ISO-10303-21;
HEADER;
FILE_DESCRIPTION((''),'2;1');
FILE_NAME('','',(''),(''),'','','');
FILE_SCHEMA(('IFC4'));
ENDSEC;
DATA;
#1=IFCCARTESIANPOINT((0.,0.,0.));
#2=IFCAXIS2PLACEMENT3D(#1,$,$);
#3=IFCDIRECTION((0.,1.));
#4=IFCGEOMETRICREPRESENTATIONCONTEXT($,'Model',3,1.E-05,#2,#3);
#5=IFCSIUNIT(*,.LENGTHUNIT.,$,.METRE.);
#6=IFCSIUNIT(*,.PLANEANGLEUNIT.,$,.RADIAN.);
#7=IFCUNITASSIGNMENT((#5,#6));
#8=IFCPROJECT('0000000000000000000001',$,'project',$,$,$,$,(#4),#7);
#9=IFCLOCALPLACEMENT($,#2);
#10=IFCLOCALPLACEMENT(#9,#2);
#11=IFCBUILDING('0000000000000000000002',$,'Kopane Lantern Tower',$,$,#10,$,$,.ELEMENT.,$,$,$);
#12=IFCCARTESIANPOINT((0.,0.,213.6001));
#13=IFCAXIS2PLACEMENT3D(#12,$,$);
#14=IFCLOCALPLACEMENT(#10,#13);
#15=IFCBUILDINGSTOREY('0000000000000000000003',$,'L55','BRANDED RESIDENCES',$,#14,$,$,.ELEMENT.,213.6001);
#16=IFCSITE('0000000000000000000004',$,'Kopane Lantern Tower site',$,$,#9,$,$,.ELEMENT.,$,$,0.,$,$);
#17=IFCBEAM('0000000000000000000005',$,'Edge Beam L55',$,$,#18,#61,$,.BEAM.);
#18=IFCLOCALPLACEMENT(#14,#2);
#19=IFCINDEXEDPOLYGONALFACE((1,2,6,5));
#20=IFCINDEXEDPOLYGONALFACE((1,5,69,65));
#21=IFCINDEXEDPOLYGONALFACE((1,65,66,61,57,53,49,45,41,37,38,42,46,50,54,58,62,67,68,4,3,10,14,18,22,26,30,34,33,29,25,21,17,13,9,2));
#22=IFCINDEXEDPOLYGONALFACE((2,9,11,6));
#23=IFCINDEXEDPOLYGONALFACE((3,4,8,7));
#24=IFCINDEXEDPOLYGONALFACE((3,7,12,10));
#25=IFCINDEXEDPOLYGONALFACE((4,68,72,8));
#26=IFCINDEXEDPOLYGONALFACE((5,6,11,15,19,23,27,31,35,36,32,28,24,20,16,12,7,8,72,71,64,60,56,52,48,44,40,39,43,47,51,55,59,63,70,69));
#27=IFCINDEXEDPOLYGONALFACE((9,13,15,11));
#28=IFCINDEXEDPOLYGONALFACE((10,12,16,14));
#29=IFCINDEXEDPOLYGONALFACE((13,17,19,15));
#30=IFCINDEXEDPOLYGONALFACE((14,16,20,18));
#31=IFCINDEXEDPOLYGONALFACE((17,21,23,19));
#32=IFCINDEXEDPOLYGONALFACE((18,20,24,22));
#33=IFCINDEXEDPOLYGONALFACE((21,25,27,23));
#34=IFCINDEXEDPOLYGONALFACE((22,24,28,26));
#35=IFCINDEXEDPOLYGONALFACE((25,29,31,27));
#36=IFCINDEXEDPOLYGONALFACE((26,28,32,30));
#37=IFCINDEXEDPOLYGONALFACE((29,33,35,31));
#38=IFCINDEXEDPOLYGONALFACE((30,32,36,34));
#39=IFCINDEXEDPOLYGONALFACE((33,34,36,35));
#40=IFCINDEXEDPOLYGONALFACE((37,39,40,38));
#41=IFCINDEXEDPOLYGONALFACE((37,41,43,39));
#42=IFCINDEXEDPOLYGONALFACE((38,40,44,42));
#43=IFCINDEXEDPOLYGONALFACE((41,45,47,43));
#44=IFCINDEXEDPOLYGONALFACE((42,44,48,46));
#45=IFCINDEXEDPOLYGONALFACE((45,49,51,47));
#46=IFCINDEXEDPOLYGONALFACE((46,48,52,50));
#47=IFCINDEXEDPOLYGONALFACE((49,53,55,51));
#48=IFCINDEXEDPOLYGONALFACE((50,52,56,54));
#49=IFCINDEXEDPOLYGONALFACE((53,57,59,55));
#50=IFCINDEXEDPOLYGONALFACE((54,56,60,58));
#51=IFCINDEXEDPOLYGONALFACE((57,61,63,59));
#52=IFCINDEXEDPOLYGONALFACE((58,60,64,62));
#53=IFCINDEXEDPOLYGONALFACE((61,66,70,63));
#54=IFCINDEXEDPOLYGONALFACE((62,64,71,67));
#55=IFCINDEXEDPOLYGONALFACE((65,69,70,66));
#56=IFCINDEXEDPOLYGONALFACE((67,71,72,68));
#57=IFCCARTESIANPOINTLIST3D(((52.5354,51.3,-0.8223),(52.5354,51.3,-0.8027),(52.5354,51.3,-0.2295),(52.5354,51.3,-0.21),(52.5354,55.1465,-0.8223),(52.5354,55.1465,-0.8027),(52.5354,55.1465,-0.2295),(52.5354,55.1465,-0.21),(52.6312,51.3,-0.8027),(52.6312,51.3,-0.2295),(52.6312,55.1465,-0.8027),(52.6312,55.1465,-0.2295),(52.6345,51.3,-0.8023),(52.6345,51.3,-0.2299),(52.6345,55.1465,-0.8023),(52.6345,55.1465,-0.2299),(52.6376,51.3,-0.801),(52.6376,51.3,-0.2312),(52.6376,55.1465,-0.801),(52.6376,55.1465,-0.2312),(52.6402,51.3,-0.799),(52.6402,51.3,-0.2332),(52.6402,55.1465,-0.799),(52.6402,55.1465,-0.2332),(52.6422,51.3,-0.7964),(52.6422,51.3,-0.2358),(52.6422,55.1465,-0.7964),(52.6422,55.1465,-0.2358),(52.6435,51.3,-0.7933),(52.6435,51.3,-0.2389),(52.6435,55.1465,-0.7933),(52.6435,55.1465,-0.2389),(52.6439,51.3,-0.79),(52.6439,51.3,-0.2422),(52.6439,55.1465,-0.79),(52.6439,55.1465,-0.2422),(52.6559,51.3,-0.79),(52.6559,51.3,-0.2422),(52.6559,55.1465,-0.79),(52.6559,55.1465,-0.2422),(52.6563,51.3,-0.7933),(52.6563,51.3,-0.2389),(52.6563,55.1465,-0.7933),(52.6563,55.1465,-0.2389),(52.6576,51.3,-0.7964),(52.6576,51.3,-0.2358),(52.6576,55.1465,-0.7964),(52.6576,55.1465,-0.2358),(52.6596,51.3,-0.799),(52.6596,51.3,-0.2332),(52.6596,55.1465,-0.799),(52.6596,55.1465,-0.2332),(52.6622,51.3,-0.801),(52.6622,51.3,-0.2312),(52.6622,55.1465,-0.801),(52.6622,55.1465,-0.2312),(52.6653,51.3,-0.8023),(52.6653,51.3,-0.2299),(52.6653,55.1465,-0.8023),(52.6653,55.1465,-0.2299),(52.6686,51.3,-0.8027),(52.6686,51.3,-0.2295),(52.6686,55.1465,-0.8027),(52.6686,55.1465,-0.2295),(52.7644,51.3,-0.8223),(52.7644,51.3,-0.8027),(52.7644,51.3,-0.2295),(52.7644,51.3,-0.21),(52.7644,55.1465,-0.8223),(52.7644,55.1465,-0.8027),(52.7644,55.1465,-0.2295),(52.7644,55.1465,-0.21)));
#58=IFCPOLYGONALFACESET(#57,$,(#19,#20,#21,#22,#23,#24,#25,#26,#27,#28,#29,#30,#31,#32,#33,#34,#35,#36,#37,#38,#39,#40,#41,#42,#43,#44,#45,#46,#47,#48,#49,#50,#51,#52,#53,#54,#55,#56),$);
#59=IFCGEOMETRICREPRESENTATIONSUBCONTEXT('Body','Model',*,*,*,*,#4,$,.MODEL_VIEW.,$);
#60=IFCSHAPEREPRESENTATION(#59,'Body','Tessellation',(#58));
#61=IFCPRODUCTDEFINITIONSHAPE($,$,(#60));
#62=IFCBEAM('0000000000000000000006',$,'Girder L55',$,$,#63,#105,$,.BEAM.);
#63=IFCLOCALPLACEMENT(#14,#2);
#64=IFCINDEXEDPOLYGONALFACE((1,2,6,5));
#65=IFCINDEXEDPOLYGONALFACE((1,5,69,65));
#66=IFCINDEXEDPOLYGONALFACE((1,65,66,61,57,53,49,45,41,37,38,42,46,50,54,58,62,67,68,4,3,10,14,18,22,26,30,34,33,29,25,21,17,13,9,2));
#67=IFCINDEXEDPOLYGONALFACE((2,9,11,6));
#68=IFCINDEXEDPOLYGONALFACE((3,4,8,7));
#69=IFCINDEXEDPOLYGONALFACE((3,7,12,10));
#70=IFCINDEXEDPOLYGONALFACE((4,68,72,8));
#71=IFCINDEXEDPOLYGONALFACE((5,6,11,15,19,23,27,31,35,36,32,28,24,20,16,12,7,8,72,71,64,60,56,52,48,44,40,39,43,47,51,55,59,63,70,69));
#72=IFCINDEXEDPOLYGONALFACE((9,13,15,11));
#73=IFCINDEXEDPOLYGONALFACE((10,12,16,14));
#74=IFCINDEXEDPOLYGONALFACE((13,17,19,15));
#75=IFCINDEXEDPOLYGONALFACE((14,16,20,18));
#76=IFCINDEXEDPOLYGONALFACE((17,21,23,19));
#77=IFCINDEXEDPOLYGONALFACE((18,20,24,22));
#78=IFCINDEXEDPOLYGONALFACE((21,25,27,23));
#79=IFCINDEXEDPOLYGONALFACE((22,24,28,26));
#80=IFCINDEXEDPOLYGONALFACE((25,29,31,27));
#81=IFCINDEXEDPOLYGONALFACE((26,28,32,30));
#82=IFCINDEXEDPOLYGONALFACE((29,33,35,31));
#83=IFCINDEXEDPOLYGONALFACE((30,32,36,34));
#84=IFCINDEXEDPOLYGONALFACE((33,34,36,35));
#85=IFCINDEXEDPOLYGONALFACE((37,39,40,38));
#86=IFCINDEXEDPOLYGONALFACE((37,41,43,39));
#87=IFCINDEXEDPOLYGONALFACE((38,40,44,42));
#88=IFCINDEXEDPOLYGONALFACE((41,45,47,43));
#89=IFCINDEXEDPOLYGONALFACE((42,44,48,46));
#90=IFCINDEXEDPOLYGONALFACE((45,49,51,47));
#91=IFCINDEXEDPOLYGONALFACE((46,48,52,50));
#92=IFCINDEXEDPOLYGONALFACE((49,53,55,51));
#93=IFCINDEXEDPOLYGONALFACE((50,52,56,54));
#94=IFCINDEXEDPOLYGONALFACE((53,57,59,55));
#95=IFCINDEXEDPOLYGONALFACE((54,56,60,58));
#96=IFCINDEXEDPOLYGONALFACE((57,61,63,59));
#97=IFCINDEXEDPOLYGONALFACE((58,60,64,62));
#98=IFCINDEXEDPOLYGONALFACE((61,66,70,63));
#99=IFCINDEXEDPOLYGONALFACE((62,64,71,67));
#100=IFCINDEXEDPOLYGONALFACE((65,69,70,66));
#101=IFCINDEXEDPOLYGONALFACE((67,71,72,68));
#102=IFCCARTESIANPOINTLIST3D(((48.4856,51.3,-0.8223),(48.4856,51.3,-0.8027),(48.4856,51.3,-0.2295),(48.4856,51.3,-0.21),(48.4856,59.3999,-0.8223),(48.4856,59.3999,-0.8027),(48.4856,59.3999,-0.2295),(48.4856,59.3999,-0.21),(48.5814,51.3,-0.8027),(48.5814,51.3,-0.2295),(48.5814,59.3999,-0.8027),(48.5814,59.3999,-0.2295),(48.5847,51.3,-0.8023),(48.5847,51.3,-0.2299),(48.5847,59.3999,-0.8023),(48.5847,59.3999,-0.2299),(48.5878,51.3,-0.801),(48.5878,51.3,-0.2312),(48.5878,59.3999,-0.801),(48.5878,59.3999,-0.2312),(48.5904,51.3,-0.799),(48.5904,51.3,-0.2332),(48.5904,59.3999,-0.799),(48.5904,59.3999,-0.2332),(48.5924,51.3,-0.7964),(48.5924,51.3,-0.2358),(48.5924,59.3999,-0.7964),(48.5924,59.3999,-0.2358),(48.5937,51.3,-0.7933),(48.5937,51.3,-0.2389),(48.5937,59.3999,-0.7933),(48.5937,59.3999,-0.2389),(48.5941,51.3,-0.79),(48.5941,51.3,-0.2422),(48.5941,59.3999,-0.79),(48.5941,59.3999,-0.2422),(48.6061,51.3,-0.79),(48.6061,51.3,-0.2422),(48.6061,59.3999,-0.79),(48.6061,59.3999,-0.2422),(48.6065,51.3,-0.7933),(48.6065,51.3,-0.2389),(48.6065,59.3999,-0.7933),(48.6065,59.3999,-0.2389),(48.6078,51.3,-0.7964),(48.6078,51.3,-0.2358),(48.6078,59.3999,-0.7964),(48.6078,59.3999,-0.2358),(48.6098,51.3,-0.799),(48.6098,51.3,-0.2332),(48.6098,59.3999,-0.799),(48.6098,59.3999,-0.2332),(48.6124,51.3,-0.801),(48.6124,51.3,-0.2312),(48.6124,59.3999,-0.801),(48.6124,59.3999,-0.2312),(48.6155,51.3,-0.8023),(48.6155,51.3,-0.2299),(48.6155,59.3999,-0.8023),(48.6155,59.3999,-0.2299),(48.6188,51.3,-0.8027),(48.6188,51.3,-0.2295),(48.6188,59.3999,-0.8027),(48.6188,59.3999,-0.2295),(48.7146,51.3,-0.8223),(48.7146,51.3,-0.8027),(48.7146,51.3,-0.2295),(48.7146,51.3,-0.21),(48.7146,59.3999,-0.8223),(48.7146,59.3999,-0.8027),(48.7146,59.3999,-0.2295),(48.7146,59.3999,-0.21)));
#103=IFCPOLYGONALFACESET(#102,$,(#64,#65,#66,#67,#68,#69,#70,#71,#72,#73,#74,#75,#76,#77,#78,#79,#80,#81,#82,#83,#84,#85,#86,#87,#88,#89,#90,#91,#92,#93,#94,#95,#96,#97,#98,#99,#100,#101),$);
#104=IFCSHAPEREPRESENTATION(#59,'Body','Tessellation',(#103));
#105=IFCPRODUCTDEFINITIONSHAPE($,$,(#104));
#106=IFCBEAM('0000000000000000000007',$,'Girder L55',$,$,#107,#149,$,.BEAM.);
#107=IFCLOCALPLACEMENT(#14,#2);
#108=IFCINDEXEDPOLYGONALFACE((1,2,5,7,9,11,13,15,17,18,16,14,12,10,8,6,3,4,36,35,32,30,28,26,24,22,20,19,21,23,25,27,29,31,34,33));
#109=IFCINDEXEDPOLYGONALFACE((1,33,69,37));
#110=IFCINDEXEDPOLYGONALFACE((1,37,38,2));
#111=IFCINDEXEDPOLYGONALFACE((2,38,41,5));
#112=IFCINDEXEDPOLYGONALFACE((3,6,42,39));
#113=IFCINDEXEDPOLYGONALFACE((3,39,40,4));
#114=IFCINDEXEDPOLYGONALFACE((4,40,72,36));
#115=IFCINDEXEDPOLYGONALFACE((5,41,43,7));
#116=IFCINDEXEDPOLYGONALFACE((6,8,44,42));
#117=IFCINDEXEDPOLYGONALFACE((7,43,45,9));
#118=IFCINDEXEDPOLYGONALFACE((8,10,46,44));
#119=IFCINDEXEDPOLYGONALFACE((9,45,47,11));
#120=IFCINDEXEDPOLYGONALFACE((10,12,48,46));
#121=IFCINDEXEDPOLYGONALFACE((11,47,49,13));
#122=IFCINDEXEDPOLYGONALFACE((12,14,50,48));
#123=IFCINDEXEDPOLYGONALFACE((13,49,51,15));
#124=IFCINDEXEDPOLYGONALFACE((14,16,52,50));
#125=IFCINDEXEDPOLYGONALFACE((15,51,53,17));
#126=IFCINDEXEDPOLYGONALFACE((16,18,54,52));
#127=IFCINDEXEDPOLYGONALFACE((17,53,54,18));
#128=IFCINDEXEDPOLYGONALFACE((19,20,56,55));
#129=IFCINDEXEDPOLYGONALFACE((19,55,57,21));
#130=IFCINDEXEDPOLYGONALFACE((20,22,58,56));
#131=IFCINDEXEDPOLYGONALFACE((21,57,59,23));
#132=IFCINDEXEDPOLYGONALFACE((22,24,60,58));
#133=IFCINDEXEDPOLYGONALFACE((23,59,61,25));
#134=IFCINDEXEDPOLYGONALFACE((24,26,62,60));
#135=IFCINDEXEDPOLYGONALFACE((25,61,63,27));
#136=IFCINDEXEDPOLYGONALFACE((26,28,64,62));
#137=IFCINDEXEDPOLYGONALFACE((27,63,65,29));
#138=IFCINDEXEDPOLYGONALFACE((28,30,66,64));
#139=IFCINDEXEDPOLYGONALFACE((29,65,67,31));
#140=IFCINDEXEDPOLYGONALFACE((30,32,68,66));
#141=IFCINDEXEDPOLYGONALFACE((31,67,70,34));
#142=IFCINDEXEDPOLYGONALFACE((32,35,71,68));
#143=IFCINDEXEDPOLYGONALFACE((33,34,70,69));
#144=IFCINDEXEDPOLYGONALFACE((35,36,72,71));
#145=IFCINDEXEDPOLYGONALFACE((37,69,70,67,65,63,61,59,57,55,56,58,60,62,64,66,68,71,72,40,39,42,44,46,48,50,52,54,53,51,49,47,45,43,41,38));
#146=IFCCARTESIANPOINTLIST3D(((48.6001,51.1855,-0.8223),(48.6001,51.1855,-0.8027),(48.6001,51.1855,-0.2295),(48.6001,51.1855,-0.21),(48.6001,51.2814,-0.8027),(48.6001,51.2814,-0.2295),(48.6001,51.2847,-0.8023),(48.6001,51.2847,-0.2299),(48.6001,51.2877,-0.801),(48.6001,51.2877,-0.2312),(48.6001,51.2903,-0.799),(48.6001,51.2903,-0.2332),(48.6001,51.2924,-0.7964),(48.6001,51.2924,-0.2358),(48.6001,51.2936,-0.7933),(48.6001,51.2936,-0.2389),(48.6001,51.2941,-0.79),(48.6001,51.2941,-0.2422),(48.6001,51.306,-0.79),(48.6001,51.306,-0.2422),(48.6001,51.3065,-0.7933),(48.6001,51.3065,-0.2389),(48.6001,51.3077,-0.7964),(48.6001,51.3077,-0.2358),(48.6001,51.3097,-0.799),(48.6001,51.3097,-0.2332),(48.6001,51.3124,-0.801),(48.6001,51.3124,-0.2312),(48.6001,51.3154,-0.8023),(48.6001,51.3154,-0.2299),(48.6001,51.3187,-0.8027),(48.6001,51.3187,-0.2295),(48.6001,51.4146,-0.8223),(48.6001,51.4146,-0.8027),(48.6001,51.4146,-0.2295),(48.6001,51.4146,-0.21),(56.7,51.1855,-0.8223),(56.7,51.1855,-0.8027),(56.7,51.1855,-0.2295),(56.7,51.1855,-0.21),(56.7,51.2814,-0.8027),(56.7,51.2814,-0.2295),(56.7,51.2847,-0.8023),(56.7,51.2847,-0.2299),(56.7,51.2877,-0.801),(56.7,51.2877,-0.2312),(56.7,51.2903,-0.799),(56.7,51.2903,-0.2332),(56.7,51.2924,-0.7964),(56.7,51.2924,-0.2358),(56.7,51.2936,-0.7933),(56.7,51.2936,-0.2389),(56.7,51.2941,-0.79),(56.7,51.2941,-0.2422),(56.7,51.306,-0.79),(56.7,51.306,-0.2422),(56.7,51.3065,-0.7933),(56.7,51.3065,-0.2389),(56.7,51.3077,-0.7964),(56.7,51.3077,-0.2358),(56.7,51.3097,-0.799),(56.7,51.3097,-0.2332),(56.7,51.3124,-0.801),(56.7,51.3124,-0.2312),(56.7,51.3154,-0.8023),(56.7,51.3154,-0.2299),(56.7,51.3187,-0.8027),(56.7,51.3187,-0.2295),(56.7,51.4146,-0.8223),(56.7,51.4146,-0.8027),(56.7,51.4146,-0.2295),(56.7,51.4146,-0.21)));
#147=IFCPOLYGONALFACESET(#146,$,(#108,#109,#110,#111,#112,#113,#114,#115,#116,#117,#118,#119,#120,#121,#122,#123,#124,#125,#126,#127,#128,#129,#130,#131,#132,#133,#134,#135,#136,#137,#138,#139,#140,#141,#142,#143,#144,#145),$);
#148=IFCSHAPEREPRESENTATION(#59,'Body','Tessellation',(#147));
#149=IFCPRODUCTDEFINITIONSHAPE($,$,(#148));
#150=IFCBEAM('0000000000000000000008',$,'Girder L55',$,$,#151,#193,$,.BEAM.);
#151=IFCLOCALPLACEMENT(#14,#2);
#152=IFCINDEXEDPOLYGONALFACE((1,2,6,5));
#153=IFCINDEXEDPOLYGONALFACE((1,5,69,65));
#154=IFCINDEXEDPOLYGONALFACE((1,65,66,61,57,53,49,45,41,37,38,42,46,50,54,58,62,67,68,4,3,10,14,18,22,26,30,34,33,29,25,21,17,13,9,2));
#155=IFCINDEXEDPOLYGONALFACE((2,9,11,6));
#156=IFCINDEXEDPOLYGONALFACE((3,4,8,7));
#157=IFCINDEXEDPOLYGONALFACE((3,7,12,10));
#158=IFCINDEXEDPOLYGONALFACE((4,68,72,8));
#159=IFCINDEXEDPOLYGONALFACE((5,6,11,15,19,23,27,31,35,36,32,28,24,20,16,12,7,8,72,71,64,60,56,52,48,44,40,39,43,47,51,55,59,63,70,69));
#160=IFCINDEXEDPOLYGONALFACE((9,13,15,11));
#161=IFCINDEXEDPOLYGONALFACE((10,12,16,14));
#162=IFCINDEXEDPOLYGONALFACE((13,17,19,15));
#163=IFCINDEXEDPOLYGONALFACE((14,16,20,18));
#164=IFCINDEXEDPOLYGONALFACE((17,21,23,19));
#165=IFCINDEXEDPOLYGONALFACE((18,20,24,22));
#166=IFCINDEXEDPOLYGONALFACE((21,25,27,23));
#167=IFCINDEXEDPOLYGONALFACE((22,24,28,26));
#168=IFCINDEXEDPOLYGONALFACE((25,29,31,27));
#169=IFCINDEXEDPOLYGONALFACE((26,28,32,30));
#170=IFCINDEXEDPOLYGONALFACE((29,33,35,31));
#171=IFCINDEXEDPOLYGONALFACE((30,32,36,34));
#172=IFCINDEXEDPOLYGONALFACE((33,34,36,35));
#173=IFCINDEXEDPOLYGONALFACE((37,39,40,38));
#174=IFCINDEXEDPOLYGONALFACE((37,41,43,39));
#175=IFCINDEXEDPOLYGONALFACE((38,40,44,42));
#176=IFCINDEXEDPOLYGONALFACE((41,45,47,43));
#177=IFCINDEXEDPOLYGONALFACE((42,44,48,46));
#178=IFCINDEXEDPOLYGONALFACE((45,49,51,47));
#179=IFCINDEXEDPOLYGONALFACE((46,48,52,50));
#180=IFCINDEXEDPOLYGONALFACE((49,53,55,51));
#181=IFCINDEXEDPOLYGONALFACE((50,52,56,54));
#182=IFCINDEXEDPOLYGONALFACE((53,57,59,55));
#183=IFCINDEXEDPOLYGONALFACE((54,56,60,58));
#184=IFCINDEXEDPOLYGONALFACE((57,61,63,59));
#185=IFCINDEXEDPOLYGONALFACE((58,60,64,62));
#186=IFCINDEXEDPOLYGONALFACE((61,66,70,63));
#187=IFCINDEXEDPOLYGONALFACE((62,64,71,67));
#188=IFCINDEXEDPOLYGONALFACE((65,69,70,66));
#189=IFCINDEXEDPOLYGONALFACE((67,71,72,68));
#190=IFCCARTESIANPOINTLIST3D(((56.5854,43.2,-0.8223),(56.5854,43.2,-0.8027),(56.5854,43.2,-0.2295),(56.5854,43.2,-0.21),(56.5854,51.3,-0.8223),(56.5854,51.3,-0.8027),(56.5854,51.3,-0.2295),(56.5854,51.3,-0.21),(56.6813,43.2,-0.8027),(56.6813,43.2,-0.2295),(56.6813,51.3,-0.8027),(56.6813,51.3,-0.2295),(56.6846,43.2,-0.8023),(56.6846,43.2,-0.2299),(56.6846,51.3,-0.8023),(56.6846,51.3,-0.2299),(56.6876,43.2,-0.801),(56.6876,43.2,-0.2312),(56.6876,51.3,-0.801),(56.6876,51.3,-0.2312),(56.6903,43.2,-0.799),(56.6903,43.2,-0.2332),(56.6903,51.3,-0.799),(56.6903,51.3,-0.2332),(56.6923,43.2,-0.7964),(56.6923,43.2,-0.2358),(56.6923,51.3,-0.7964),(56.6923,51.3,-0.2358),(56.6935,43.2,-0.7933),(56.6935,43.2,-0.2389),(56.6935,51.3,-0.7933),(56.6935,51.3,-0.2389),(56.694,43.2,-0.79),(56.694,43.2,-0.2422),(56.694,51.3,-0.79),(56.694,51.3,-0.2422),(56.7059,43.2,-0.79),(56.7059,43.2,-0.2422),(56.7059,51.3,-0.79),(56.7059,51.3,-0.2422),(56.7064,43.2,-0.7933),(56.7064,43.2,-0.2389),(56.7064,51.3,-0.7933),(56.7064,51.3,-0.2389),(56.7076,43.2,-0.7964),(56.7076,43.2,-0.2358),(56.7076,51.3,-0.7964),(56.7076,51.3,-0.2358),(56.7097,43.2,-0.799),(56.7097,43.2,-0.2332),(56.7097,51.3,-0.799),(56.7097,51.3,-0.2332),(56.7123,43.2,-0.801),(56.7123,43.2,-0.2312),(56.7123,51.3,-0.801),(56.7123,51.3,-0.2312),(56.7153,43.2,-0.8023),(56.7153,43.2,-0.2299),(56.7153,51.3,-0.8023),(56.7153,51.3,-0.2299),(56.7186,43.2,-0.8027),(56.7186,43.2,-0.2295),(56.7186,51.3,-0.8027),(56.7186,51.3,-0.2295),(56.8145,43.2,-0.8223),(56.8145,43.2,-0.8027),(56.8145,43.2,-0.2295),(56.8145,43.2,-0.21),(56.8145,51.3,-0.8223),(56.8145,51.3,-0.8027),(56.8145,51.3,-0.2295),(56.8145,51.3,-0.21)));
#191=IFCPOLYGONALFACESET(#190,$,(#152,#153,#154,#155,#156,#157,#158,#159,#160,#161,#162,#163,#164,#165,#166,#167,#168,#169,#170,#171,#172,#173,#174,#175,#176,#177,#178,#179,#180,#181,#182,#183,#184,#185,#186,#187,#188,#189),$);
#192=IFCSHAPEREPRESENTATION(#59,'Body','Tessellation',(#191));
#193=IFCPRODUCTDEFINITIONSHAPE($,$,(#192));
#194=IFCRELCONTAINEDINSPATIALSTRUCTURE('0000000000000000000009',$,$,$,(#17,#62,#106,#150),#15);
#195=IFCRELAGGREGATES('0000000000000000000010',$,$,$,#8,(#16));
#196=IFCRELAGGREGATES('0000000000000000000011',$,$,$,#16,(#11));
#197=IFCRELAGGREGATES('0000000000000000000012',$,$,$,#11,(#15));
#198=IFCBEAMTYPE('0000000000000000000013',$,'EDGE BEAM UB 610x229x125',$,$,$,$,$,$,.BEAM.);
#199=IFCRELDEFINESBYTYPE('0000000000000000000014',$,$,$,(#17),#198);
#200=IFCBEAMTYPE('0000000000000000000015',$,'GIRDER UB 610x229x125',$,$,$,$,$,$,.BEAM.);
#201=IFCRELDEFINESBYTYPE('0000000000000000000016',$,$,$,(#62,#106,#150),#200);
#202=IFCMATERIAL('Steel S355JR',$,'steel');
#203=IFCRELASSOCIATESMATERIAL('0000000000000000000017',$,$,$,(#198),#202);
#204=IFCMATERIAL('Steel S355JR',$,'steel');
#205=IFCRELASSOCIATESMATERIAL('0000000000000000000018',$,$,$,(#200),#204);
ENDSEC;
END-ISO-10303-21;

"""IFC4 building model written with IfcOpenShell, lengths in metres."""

from ifc_helpers import new_model, si_unit, direction, frame, origin, origin_2d, place, context, subcontext, project, spatial, i_section, extrude, material, material_profile, profile_set, type_object, element, save


model = new_model("IFC4")

# Units and contexts
model_context = context("Model", 3, precision=1e-05, world=origin(), true_north=direction((0.0, 1.0)))
body_context = subcontext(model_context, "Body", "Model", "MODEL_VIEW")
ifc_project = project(units=[si_unit("LENGTHUNIT", "METRE"), si_unit("PLANEANGLEUNIT", "RADIAN")], contexts=[model_context])

# Site, building, storey
site_placement = place(None, origin())
site = spatial("IfcSite", under=ifc_project, at=site_placement, Name="Kopane Lantern Tower site", CompositionType="ELEMENT", RefElevation=0.0)
building_placement = place(site_placement, origin())
building = spatial("IfcBuilding", under=site, at=building_placement, Name="Kopane Lantern Tower", CompositionType="ELEMENT")
storey_placement = place(building_placement, frame((0.0, 0.0, 213.6001)))
storey = spatial("IfcBuildingStorey", under=building, at=storey_placement, Name="L55", Description="BRANDED RESIDENCES", CompositionType="ELEMENT", Elevation=213.6001)

# Beams
ifc_material_1 = material(Name="Steel S355JR", Category="steel")
ifc_material_profile_1 = material_profile(ifc_material_1, i_section(OverallWidth=0.229, OverallDepth=0.6123, WebThickness=0.012, FlangeThickness=0.0195, FilletRadius=0.0127, at=origin_2d()), Name="UB 610x229x125")
ifc_profile_set_1 = profile_set([ifc_material_profile_1], Name="Steel S355JR")
beam_type_1 = type_object("IfcBeamType", Name="EDGE BEAM UB 610x229x125", PredefinedType="BEAM", material=ifc_profile_set_1)
for number, where, z_axis, x_axis, name in (
    (1, (52.6499, 55.1465, -0.5161), (0.0, -1.0, 0.0), (1.0, 0.0, 0.0), "Edge Beam L55"),
):
    element("IfcBeam", number, at=place(storey_placement, frame(where, z_axis=z_axis, x_axis=x_axis)), inside=storey, type_object=beam_type_1, Name=name, PredefinedType="BEAM", context=body_context, shape_type="SweptSolid", body=[
        extrude(i_section(OverallWidth=0.229, OverallDepth=0.6123, WebThickness=0.012, FlangeThickness=0.0195, FilletRadius=0.0127, at=origin_2d()), origin(), (0.0, 0.0, 1.0), 3.8464),
    ])
ifc_material_2 = material(Name="Steel S355JR", Category="steel")
ifc_material_profile_2 = material_profile(ifc_material_2, i_section(OverallWidth=0.229, OverallDepth=0.6123, WebThickness=0.012, FlangeThickness=0.0195, FilletRadius=0.0127, at=origin_2d()), Name="UB 610x229x125")
ifc_profile_set_2 = profile_set([ifc_material_profile_2], Name="Steel S355JR")
beam_type_2 = type_object("IfcBeamType", Name="GIRDER UB 610x229x125", PredefinedType="BEAM", material=ifc_profile_set_2)
for number, where, z_axis, x_axis, name in (
    (2, (48.6001, 51.3, -0.5161), (0.0, 1.0, 0.0), (-1.0, 0.0, 0.0), "Girder L55"),
    (3, (48.6001, 51.3, -0.5161), (1.0, 0.0, 0.0), (0.0, 1.0, 0.0), "Girder L55"),
):
    element("IfcBeam", number, at=place(storey_placement, frame(where, z_axis=z_axis, x_axis=x_axis)), inside=storey, type_object=beam_type_2, Name=name, PredefinedType="BEAM", context=body_context, shape_type="SweptSolid", body=[
        extrude(i_section(OverallWidth=0.229, OverallDepth=0.6123, WebThickness=0.012, FlangeThickness=0.0195, FilletRadius=0.0127, at=origin_2d()), origin(), (0.0, 0.0, 1.0), 8.0999),
    ])
beam_1_placement = place(storey_placement, frame((56.7, 43.2, -0.5161), z_axis=(0.0, 1.0, 0.0), x_axis=(-1.0, 0.0, 0.0)))
element("IfcBeam", 4, at=beam_1_placement, inside=storey, type_object=beam_type_2, Name="Girder L55", PredefinedType="BEAM", context=body_context, shape_type="SweptSolid", body=[
    extrude(i_section(OverallWidth=0.229, OverallDepth=0.6123, WebThickness=0.012, FlangeThickness=0.0195, FilletRadius=0.0127, at=origin_2d()), origin(), (0.0, 0.0, 1.0), 8.1001),
])

save(model, "model.ifc")
